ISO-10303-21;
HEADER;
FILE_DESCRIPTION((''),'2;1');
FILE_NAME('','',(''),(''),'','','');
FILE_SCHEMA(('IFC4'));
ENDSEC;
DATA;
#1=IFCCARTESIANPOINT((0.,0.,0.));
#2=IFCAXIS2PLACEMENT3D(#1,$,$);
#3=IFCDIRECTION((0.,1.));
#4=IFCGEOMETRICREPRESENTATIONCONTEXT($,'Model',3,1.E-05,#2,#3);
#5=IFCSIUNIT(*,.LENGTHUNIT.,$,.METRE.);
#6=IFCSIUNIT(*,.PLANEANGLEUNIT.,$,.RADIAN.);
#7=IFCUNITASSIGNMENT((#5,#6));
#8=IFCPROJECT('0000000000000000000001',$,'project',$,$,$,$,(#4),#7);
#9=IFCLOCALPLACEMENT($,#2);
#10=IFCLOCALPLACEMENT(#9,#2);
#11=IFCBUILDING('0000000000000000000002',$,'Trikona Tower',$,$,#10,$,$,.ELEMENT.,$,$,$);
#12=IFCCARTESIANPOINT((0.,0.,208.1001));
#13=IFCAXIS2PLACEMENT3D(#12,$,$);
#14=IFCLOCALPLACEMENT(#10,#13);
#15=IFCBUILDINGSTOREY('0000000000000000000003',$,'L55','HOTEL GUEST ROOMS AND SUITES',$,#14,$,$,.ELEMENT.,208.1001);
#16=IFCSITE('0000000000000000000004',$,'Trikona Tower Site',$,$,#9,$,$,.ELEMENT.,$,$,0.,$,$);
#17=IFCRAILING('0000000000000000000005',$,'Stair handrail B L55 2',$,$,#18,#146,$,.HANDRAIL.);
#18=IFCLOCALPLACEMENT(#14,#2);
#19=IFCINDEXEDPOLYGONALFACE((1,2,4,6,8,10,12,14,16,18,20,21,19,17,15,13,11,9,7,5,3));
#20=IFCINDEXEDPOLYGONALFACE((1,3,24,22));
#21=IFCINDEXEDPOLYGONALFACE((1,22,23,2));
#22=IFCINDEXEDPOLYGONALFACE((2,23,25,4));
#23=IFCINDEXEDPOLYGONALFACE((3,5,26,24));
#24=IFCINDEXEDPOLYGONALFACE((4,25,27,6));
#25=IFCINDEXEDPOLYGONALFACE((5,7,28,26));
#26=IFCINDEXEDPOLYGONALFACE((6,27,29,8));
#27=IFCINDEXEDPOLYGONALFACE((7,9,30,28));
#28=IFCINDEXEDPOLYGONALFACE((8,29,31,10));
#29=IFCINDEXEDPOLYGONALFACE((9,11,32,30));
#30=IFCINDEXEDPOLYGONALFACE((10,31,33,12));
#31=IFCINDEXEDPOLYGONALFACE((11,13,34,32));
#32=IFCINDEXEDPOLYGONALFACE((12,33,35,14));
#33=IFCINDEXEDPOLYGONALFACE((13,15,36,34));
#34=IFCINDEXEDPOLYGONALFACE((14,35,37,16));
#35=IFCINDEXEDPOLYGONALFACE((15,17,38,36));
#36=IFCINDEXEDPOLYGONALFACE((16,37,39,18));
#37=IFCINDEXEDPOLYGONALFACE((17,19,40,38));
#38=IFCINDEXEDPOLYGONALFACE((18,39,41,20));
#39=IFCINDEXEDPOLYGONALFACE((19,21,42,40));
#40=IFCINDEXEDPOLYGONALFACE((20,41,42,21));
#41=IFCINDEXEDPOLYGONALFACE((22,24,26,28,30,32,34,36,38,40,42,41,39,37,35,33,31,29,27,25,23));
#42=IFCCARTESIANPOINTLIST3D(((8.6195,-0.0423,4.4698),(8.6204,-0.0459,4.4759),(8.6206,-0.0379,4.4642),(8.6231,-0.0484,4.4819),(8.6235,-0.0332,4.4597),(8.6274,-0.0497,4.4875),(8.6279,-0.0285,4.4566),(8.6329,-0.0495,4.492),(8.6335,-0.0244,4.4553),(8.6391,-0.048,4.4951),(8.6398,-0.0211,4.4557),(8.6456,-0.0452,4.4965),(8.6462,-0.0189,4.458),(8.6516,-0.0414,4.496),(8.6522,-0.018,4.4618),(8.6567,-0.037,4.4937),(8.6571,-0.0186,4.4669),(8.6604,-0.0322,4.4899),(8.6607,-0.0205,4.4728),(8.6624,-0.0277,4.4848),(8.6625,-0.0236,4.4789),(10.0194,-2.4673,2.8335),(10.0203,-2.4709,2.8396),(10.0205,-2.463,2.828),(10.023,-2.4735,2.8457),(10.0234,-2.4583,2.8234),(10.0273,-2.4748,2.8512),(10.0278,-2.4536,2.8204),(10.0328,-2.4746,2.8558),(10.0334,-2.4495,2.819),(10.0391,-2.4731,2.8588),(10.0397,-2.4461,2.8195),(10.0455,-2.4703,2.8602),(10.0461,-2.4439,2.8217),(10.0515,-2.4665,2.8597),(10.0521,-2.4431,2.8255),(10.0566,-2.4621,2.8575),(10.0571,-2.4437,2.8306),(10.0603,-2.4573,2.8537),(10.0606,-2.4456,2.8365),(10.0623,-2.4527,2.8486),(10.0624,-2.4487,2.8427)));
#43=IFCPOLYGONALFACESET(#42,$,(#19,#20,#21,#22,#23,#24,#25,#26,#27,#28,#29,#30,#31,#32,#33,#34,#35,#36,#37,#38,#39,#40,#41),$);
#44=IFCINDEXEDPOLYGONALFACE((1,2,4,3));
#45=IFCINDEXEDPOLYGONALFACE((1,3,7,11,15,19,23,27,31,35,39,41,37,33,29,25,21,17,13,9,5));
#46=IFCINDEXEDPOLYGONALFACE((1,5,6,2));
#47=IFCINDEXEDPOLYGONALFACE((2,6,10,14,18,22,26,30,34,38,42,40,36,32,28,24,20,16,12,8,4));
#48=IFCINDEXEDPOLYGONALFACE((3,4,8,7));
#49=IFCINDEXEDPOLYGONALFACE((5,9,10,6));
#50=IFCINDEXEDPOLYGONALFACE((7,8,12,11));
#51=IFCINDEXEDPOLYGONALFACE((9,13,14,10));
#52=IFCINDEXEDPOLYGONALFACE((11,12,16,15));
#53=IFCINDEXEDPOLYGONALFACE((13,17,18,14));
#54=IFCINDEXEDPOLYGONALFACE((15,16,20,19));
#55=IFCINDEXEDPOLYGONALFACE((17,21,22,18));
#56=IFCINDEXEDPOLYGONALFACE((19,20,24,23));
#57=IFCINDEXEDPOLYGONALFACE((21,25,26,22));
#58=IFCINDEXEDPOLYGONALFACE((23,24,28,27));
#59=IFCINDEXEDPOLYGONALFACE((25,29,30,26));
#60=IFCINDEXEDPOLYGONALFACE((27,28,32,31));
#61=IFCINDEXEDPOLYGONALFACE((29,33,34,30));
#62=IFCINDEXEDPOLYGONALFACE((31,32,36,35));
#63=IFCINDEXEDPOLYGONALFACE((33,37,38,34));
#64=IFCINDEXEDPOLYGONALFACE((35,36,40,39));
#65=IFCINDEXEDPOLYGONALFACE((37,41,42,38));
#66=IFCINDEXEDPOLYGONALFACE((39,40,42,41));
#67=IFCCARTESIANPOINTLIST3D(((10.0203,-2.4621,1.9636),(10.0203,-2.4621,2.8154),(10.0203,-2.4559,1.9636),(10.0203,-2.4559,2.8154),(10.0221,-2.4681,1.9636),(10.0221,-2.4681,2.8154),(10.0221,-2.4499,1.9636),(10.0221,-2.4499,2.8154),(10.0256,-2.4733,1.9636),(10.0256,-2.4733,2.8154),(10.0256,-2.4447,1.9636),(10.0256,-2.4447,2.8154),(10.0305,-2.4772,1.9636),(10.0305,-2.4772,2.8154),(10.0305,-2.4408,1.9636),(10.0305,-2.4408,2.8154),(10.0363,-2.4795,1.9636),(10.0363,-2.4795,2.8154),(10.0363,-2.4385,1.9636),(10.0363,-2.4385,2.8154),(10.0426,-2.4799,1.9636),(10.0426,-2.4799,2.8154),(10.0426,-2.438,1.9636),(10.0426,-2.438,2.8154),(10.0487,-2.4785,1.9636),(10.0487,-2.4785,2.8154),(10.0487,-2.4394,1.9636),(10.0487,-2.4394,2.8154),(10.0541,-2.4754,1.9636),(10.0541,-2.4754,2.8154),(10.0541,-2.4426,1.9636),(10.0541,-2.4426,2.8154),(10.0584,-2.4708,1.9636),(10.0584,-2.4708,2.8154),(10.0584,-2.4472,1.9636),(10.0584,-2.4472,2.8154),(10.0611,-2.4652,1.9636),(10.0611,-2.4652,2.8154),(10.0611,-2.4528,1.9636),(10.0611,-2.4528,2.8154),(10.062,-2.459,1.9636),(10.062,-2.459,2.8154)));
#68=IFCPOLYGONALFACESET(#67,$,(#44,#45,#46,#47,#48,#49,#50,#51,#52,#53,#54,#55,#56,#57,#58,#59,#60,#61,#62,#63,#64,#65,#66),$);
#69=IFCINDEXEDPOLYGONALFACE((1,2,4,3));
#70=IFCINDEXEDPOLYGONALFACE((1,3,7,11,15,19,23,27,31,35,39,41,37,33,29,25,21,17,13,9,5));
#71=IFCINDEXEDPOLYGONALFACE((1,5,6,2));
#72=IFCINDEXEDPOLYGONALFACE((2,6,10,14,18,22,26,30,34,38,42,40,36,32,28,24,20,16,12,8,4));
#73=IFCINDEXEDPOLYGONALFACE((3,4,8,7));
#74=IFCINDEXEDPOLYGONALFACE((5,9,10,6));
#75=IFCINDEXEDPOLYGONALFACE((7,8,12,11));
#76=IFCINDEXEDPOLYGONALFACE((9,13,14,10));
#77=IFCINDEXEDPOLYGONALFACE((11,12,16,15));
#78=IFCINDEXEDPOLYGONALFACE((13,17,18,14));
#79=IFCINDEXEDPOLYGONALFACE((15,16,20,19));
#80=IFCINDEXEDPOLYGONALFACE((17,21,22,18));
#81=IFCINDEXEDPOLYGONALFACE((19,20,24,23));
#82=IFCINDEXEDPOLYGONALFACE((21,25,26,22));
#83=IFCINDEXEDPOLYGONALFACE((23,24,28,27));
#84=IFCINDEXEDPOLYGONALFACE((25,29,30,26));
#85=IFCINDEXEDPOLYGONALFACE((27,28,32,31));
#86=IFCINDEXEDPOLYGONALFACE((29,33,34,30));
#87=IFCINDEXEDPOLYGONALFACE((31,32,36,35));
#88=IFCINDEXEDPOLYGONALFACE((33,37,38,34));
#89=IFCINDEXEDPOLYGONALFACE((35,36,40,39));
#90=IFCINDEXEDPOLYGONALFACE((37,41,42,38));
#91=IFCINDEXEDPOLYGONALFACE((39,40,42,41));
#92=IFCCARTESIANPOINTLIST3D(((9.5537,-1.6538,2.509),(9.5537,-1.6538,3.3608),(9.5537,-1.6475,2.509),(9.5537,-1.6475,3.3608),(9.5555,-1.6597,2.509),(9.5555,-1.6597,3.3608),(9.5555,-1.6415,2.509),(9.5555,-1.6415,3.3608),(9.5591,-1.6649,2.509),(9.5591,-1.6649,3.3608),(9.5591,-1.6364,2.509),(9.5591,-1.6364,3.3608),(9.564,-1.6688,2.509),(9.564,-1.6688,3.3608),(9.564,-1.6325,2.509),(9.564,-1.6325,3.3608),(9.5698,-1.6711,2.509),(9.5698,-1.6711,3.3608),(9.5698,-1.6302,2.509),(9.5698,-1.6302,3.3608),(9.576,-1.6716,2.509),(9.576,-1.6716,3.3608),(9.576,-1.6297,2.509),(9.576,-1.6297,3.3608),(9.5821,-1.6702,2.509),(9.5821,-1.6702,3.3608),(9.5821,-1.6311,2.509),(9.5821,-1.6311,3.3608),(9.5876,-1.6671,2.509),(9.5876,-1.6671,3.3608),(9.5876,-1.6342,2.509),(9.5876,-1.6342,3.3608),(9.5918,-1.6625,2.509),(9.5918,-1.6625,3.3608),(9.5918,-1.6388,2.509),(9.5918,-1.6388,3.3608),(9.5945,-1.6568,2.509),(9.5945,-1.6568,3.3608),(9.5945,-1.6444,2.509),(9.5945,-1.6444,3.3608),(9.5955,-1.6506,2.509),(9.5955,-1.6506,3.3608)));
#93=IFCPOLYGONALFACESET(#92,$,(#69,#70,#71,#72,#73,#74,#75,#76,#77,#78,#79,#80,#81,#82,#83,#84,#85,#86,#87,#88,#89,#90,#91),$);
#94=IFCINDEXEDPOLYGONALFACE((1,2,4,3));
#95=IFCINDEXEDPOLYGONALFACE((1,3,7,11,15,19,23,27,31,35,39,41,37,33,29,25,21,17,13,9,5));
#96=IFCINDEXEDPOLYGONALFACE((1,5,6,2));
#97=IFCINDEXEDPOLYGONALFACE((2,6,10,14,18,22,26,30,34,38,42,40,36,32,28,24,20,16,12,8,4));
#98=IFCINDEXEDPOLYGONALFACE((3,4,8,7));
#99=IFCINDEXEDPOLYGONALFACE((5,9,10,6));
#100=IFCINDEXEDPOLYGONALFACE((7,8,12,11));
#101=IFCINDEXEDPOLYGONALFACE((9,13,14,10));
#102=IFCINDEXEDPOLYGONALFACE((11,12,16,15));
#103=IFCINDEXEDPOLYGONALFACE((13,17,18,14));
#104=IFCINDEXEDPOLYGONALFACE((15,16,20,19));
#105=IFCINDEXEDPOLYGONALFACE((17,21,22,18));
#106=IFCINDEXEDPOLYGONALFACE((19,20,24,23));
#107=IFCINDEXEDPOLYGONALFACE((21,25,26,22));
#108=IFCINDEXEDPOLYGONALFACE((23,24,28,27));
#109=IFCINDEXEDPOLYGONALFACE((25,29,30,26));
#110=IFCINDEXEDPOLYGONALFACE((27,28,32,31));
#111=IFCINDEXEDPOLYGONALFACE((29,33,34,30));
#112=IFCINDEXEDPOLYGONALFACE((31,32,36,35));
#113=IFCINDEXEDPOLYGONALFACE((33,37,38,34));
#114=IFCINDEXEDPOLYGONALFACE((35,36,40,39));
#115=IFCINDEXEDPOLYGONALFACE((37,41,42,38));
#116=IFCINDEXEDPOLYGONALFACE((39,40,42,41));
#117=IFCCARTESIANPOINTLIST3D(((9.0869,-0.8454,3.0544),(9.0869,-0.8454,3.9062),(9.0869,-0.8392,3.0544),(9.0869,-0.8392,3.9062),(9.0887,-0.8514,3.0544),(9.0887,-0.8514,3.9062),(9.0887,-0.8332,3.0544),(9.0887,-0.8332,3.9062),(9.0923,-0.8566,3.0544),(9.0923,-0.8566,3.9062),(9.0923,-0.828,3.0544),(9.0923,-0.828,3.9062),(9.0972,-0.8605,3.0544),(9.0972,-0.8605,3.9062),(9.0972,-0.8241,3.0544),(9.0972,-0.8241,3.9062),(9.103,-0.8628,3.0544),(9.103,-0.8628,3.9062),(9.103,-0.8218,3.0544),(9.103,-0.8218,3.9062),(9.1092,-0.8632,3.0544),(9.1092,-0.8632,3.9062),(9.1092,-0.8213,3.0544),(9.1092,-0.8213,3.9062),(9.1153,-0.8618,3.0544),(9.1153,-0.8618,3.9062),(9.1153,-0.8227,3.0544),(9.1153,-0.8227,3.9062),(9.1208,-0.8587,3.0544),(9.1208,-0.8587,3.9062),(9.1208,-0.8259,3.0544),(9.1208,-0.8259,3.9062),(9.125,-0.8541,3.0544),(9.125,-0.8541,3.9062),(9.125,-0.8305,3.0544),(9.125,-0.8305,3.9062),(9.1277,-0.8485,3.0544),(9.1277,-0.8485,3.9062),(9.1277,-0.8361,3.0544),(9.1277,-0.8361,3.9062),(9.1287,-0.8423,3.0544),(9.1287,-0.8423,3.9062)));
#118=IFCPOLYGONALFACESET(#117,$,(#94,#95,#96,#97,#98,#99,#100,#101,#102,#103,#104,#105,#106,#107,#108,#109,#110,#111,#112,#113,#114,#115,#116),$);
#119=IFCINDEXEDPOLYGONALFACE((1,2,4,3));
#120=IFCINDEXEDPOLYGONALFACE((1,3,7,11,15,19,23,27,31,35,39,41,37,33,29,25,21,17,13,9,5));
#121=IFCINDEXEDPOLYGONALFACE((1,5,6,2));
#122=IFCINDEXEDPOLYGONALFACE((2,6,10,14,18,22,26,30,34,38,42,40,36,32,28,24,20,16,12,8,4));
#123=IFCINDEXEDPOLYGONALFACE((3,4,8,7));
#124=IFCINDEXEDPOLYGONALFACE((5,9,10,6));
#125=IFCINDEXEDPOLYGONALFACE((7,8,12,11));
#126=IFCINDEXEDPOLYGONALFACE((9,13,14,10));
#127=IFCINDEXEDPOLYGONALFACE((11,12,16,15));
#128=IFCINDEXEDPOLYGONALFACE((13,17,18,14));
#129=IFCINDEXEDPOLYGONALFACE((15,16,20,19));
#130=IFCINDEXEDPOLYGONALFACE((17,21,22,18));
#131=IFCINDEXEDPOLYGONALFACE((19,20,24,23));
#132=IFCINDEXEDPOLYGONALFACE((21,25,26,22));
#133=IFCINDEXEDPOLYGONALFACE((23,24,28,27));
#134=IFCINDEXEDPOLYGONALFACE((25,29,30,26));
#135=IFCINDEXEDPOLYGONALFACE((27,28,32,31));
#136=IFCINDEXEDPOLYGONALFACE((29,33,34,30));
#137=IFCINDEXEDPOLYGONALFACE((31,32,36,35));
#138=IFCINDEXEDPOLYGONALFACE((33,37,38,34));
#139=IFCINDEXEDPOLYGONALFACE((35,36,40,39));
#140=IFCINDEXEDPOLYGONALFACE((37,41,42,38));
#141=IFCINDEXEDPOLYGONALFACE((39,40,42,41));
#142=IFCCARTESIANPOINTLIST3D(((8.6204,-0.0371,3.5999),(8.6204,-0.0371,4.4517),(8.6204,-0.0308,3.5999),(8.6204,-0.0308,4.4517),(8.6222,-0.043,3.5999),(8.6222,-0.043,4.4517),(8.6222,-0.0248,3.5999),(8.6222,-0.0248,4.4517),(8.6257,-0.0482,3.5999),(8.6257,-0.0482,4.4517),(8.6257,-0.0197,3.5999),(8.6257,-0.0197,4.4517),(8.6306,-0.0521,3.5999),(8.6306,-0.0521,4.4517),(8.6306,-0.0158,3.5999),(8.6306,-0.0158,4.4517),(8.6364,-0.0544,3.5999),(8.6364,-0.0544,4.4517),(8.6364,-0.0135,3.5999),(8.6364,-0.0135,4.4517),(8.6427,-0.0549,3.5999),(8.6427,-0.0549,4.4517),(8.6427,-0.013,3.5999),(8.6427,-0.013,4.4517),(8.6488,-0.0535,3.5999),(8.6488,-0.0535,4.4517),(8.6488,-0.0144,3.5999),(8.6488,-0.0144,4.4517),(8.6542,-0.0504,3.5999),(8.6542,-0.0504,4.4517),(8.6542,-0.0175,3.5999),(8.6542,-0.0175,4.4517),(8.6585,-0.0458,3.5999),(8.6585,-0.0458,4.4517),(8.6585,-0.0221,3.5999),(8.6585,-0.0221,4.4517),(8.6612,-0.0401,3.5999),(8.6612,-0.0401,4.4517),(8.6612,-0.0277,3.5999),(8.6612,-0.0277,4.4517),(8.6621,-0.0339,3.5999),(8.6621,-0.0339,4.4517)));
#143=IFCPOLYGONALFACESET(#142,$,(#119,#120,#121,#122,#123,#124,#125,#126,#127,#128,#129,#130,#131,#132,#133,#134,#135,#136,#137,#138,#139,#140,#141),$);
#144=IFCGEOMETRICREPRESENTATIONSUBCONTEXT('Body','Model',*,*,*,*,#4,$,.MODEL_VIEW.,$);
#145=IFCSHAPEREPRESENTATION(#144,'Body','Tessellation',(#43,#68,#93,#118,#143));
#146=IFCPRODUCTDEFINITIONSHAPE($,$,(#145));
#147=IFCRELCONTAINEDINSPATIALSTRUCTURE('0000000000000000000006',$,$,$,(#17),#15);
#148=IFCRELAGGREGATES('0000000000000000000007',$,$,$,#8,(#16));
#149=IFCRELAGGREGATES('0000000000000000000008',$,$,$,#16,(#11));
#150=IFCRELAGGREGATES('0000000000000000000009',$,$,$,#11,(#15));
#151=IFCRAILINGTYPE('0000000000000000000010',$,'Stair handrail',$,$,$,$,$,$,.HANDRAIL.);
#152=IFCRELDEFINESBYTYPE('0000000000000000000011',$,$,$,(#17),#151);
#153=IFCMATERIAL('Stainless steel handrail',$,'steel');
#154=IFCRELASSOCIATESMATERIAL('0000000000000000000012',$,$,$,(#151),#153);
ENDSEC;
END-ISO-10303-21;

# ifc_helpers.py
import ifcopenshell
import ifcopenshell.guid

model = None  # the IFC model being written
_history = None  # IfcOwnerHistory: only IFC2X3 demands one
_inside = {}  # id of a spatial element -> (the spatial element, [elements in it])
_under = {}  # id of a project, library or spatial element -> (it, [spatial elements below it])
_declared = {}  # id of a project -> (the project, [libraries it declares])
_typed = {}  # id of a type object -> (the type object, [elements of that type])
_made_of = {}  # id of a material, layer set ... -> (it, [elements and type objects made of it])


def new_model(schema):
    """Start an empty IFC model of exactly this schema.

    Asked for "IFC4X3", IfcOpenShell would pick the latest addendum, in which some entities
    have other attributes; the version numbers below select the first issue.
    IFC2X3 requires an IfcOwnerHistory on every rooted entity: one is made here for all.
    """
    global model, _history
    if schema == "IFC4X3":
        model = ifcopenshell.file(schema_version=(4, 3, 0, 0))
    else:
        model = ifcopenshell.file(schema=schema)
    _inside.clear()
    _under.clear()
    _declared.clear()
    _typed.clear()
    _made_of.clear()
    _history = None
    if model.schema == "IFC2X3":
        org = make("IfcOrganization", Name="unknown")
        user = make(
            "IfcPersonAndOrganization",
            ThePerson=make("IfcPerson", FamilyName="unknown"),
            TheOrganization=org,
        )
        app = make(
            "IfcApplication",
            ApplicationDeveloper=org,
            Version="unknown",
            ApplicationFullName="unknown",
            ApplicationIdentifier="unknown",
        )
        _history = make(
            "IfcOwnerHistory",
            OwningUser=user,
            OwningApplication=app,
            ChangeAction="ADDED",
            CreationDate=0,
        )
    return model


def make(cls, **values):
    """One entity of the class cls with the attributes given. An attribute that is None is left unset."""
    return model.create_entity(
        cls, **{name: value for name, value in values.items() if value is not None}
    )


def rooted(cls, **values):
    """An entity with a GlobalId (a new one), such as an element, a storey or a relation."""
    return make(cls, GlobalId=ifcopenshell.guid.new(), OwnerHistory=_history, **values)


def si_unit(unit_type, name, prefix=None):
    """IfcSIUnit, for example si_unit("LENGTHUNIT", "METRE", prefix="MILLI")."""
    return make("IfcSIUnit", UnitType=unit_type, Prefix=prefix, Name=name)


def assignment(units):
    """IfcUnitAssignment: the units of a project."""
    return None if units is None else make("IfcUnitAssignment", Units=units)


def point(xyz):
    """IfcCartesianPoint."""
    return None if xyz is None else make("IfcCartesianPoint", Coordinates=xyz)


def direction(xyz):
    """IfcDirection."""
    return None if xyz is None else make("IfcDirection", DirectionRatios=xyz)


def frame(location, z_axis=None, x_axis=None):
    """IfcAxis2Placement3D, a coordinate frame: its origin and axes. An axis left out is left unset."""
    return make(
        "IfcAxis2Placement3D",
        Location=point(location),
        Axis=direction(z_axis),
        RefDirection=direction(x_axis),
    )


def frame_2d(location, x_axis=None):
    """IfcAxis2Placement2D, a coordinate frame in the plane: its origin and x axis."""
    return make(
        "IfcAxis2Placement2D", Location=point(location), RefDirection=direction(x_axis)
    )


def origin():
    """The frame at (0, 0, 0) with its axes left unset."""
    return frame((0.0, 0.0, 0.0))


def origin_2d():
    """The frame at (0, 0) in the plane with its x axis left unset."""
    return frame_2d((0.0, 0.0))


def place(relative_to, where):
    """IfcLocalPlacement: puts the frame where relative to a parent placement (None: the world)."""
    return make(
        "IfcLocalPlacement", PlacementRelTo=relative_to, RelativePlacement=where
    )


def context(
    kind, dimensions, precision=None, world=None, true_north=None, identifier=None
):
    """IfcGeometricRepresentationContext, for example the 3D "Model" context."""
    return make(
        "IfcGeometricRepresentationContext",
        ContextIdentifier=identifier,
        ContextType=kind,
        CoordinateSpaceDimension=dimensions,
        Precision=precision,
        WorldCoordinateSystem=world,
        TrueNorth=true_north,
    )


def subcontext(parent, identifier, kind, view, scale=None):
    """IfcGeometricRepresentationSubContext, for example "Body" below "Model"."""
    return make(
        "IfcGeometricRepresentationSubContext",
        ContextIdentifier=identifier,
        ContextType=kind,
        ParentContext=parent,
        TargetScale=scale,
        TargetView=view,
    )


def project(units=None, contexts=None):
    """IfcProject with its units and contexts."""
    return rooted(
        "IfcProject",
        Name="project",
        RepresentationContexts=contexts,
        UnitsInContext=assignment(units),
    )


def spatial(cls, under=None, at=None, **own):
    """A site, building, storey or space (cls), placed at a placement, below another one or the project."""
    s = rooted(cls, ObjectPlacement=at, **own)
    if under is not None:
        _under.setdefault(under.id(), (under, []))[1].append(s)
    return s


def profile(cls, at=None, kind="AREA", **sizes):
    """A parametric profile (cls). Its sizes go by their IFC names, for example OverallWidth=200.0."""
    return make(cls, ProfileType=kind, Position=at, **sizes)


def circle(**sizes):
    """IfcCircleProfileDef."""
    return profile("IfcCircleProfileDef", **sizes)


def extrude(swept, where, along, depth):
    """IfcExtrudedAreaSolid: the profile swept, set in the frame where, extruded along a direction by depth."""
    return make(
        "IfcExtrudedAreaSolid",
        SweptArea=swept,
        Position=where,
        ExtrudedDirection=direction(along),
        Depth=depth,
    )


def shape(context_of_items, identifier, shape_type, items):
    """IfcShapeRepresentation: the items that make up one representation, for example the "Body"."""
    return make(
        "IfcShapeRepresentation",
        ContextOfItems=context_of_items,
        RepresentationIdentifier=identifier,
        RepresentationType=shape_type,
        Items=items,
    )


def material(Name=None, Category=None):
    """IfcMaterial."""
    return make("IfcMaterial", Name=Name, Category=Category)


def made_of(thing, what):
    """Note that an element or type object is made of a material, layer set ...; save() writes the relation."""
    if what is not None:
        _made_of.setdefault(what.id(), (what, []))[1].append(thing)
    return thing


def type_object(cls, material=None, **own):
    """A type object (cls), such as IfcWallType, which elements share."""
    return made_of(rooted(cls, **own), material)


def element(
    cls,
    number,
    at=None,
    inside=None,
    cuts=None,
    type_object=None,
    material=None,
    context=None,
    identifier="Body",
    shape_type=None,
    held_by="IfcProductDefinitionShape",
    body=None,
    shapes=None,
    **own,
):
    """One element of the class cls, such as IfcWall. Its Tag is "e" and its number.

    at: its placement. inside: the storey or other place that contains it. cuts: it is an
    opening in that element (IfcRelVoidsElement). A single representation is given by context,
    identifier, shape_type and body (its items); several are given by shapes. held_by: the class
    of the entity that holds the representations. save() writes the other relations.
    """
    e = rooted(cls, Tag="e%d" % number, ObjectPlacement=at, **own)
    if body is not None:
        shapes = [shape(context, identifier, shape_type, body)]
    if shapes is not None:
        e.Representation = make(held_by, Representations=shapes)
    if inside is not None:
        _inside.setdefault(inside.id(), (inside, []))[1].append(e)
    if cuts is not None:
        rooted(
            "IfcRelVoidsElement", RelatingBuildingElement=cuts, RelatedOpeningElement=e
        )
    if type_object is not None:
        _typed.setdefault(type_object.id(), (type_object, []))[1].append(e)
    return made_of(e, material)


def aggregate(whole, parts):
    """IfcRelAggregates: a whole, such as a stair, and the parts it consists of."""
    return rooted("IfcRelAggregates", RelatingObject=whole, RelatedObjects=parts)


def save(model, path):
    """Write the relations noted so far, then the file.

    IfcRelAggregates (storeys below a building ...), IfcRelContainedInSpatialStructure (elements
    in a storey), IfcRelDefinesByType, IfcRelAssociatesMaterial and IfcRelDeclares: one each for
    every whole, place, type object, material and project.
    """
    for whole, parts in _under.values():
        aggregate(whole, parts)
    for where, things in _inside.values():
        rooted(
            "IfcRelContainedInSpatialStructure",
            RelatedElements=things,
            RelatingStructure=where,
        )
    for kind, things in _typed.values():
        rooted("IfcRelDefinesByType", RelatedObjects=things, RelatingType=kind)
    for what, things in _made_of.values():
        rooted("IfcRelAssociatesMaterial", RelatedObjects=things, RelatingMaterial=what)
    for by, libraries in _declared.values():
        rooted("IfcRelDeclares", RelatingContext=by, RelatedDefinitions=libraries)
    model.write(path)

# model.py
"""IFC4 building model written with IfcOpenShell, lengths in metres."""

from ifc_helpers import new_model, si_unit, direction, frame, origin, origin_2d, place, context, subcontext, project, spatial, circle, extrude, material, type_object, element, save


model = new_model("IFC4")

# Units and contexts
model_context = context("Model", 3, precision=1e-05, world=origin(), true_north=direction((0.0, 1.0)))
body_context = subcontext(model_context, "Body", "Model", "MODEL_VIEW")
ifc_project = project(units=[si_unit("LENGTHUNIT", "METRE"), si_unit("PLANEANGLEUNIT", "RADIAN")], contexts=[model_context])

# Site, building, storey
site_placement = place(None, origin())
site = spatial("IfcSite", under=ifc_project, at=site_placement, Name="Trikona Tower Site", CompositionType="ELEMENT", RefElevation=0.0)
building_placement = place(site_placement, origin())
building = spatial("IfcBuilding", under=site, at=building_placement, Name="Trikona Tower", CompositionType="ELEMENT")
storey_placement = place(building_placement, frame((0.0, 0.0, 208.1001)))
storey = spatial("IfcBuildingStorey", under=building, at=storey_placement, Name="L55", Description="HOTEL GUEST ROOMS AND SUITES", CompositionType="ELEMENT", Elevation=208.1001)

# Railing
ifc_material_1 = material(Name="Stainless steel handrail", Category="steel")
railing_type = type_object("IfcRailingType", Name="Stair handrail", PredefinedType="HANDRAIL", material=ifc_material_1)
railing_placement = place(storey_placement, frame((10.041, -2.459, 1.9636)))
element("IfcRailing", 1, at=railing_placement, inside=storey, type_object=railing_type, Name="Stair handrail B L55 2", PredefinedType="HANDRAIL", context=body_context, shape_type="SweptSolid", body=[
    extrude(circle(Radius=0.0239, at=origin_2d()), frame((0.0, 0.0, 0.876), z_axis=(-0.431653, 0.747751, 0.504523), x_axis=(-0.866056, -0.499946, 0.0)), (0.0, 0.0, 1.0), 3.2432),
    extrude(circle(Radius=0.021, at=origin_2d()), origin(), (0.0, 0.0, 1.0), 0.8518),
    extrude(circle(Radius=0.021, at=origin_2d()), frame((-0.4666, 0.8083, 0.5454)), (0.0, 0.0, 1.0), 0.8518),
    extrude(circle(Radius=0.021, at=origin_2d()), frame((-0.9333, 1.6167, 1.0908)), (0.0, 0.0, 1.0), 0.8518),
    extrude(circle(Radius=0.021, at=origin_2d()), frame((-1.3999, 2.425, 1.6362)), (0.0, 0.0, 1.0), 0.8518),
])

save(model, "model.ifc")
